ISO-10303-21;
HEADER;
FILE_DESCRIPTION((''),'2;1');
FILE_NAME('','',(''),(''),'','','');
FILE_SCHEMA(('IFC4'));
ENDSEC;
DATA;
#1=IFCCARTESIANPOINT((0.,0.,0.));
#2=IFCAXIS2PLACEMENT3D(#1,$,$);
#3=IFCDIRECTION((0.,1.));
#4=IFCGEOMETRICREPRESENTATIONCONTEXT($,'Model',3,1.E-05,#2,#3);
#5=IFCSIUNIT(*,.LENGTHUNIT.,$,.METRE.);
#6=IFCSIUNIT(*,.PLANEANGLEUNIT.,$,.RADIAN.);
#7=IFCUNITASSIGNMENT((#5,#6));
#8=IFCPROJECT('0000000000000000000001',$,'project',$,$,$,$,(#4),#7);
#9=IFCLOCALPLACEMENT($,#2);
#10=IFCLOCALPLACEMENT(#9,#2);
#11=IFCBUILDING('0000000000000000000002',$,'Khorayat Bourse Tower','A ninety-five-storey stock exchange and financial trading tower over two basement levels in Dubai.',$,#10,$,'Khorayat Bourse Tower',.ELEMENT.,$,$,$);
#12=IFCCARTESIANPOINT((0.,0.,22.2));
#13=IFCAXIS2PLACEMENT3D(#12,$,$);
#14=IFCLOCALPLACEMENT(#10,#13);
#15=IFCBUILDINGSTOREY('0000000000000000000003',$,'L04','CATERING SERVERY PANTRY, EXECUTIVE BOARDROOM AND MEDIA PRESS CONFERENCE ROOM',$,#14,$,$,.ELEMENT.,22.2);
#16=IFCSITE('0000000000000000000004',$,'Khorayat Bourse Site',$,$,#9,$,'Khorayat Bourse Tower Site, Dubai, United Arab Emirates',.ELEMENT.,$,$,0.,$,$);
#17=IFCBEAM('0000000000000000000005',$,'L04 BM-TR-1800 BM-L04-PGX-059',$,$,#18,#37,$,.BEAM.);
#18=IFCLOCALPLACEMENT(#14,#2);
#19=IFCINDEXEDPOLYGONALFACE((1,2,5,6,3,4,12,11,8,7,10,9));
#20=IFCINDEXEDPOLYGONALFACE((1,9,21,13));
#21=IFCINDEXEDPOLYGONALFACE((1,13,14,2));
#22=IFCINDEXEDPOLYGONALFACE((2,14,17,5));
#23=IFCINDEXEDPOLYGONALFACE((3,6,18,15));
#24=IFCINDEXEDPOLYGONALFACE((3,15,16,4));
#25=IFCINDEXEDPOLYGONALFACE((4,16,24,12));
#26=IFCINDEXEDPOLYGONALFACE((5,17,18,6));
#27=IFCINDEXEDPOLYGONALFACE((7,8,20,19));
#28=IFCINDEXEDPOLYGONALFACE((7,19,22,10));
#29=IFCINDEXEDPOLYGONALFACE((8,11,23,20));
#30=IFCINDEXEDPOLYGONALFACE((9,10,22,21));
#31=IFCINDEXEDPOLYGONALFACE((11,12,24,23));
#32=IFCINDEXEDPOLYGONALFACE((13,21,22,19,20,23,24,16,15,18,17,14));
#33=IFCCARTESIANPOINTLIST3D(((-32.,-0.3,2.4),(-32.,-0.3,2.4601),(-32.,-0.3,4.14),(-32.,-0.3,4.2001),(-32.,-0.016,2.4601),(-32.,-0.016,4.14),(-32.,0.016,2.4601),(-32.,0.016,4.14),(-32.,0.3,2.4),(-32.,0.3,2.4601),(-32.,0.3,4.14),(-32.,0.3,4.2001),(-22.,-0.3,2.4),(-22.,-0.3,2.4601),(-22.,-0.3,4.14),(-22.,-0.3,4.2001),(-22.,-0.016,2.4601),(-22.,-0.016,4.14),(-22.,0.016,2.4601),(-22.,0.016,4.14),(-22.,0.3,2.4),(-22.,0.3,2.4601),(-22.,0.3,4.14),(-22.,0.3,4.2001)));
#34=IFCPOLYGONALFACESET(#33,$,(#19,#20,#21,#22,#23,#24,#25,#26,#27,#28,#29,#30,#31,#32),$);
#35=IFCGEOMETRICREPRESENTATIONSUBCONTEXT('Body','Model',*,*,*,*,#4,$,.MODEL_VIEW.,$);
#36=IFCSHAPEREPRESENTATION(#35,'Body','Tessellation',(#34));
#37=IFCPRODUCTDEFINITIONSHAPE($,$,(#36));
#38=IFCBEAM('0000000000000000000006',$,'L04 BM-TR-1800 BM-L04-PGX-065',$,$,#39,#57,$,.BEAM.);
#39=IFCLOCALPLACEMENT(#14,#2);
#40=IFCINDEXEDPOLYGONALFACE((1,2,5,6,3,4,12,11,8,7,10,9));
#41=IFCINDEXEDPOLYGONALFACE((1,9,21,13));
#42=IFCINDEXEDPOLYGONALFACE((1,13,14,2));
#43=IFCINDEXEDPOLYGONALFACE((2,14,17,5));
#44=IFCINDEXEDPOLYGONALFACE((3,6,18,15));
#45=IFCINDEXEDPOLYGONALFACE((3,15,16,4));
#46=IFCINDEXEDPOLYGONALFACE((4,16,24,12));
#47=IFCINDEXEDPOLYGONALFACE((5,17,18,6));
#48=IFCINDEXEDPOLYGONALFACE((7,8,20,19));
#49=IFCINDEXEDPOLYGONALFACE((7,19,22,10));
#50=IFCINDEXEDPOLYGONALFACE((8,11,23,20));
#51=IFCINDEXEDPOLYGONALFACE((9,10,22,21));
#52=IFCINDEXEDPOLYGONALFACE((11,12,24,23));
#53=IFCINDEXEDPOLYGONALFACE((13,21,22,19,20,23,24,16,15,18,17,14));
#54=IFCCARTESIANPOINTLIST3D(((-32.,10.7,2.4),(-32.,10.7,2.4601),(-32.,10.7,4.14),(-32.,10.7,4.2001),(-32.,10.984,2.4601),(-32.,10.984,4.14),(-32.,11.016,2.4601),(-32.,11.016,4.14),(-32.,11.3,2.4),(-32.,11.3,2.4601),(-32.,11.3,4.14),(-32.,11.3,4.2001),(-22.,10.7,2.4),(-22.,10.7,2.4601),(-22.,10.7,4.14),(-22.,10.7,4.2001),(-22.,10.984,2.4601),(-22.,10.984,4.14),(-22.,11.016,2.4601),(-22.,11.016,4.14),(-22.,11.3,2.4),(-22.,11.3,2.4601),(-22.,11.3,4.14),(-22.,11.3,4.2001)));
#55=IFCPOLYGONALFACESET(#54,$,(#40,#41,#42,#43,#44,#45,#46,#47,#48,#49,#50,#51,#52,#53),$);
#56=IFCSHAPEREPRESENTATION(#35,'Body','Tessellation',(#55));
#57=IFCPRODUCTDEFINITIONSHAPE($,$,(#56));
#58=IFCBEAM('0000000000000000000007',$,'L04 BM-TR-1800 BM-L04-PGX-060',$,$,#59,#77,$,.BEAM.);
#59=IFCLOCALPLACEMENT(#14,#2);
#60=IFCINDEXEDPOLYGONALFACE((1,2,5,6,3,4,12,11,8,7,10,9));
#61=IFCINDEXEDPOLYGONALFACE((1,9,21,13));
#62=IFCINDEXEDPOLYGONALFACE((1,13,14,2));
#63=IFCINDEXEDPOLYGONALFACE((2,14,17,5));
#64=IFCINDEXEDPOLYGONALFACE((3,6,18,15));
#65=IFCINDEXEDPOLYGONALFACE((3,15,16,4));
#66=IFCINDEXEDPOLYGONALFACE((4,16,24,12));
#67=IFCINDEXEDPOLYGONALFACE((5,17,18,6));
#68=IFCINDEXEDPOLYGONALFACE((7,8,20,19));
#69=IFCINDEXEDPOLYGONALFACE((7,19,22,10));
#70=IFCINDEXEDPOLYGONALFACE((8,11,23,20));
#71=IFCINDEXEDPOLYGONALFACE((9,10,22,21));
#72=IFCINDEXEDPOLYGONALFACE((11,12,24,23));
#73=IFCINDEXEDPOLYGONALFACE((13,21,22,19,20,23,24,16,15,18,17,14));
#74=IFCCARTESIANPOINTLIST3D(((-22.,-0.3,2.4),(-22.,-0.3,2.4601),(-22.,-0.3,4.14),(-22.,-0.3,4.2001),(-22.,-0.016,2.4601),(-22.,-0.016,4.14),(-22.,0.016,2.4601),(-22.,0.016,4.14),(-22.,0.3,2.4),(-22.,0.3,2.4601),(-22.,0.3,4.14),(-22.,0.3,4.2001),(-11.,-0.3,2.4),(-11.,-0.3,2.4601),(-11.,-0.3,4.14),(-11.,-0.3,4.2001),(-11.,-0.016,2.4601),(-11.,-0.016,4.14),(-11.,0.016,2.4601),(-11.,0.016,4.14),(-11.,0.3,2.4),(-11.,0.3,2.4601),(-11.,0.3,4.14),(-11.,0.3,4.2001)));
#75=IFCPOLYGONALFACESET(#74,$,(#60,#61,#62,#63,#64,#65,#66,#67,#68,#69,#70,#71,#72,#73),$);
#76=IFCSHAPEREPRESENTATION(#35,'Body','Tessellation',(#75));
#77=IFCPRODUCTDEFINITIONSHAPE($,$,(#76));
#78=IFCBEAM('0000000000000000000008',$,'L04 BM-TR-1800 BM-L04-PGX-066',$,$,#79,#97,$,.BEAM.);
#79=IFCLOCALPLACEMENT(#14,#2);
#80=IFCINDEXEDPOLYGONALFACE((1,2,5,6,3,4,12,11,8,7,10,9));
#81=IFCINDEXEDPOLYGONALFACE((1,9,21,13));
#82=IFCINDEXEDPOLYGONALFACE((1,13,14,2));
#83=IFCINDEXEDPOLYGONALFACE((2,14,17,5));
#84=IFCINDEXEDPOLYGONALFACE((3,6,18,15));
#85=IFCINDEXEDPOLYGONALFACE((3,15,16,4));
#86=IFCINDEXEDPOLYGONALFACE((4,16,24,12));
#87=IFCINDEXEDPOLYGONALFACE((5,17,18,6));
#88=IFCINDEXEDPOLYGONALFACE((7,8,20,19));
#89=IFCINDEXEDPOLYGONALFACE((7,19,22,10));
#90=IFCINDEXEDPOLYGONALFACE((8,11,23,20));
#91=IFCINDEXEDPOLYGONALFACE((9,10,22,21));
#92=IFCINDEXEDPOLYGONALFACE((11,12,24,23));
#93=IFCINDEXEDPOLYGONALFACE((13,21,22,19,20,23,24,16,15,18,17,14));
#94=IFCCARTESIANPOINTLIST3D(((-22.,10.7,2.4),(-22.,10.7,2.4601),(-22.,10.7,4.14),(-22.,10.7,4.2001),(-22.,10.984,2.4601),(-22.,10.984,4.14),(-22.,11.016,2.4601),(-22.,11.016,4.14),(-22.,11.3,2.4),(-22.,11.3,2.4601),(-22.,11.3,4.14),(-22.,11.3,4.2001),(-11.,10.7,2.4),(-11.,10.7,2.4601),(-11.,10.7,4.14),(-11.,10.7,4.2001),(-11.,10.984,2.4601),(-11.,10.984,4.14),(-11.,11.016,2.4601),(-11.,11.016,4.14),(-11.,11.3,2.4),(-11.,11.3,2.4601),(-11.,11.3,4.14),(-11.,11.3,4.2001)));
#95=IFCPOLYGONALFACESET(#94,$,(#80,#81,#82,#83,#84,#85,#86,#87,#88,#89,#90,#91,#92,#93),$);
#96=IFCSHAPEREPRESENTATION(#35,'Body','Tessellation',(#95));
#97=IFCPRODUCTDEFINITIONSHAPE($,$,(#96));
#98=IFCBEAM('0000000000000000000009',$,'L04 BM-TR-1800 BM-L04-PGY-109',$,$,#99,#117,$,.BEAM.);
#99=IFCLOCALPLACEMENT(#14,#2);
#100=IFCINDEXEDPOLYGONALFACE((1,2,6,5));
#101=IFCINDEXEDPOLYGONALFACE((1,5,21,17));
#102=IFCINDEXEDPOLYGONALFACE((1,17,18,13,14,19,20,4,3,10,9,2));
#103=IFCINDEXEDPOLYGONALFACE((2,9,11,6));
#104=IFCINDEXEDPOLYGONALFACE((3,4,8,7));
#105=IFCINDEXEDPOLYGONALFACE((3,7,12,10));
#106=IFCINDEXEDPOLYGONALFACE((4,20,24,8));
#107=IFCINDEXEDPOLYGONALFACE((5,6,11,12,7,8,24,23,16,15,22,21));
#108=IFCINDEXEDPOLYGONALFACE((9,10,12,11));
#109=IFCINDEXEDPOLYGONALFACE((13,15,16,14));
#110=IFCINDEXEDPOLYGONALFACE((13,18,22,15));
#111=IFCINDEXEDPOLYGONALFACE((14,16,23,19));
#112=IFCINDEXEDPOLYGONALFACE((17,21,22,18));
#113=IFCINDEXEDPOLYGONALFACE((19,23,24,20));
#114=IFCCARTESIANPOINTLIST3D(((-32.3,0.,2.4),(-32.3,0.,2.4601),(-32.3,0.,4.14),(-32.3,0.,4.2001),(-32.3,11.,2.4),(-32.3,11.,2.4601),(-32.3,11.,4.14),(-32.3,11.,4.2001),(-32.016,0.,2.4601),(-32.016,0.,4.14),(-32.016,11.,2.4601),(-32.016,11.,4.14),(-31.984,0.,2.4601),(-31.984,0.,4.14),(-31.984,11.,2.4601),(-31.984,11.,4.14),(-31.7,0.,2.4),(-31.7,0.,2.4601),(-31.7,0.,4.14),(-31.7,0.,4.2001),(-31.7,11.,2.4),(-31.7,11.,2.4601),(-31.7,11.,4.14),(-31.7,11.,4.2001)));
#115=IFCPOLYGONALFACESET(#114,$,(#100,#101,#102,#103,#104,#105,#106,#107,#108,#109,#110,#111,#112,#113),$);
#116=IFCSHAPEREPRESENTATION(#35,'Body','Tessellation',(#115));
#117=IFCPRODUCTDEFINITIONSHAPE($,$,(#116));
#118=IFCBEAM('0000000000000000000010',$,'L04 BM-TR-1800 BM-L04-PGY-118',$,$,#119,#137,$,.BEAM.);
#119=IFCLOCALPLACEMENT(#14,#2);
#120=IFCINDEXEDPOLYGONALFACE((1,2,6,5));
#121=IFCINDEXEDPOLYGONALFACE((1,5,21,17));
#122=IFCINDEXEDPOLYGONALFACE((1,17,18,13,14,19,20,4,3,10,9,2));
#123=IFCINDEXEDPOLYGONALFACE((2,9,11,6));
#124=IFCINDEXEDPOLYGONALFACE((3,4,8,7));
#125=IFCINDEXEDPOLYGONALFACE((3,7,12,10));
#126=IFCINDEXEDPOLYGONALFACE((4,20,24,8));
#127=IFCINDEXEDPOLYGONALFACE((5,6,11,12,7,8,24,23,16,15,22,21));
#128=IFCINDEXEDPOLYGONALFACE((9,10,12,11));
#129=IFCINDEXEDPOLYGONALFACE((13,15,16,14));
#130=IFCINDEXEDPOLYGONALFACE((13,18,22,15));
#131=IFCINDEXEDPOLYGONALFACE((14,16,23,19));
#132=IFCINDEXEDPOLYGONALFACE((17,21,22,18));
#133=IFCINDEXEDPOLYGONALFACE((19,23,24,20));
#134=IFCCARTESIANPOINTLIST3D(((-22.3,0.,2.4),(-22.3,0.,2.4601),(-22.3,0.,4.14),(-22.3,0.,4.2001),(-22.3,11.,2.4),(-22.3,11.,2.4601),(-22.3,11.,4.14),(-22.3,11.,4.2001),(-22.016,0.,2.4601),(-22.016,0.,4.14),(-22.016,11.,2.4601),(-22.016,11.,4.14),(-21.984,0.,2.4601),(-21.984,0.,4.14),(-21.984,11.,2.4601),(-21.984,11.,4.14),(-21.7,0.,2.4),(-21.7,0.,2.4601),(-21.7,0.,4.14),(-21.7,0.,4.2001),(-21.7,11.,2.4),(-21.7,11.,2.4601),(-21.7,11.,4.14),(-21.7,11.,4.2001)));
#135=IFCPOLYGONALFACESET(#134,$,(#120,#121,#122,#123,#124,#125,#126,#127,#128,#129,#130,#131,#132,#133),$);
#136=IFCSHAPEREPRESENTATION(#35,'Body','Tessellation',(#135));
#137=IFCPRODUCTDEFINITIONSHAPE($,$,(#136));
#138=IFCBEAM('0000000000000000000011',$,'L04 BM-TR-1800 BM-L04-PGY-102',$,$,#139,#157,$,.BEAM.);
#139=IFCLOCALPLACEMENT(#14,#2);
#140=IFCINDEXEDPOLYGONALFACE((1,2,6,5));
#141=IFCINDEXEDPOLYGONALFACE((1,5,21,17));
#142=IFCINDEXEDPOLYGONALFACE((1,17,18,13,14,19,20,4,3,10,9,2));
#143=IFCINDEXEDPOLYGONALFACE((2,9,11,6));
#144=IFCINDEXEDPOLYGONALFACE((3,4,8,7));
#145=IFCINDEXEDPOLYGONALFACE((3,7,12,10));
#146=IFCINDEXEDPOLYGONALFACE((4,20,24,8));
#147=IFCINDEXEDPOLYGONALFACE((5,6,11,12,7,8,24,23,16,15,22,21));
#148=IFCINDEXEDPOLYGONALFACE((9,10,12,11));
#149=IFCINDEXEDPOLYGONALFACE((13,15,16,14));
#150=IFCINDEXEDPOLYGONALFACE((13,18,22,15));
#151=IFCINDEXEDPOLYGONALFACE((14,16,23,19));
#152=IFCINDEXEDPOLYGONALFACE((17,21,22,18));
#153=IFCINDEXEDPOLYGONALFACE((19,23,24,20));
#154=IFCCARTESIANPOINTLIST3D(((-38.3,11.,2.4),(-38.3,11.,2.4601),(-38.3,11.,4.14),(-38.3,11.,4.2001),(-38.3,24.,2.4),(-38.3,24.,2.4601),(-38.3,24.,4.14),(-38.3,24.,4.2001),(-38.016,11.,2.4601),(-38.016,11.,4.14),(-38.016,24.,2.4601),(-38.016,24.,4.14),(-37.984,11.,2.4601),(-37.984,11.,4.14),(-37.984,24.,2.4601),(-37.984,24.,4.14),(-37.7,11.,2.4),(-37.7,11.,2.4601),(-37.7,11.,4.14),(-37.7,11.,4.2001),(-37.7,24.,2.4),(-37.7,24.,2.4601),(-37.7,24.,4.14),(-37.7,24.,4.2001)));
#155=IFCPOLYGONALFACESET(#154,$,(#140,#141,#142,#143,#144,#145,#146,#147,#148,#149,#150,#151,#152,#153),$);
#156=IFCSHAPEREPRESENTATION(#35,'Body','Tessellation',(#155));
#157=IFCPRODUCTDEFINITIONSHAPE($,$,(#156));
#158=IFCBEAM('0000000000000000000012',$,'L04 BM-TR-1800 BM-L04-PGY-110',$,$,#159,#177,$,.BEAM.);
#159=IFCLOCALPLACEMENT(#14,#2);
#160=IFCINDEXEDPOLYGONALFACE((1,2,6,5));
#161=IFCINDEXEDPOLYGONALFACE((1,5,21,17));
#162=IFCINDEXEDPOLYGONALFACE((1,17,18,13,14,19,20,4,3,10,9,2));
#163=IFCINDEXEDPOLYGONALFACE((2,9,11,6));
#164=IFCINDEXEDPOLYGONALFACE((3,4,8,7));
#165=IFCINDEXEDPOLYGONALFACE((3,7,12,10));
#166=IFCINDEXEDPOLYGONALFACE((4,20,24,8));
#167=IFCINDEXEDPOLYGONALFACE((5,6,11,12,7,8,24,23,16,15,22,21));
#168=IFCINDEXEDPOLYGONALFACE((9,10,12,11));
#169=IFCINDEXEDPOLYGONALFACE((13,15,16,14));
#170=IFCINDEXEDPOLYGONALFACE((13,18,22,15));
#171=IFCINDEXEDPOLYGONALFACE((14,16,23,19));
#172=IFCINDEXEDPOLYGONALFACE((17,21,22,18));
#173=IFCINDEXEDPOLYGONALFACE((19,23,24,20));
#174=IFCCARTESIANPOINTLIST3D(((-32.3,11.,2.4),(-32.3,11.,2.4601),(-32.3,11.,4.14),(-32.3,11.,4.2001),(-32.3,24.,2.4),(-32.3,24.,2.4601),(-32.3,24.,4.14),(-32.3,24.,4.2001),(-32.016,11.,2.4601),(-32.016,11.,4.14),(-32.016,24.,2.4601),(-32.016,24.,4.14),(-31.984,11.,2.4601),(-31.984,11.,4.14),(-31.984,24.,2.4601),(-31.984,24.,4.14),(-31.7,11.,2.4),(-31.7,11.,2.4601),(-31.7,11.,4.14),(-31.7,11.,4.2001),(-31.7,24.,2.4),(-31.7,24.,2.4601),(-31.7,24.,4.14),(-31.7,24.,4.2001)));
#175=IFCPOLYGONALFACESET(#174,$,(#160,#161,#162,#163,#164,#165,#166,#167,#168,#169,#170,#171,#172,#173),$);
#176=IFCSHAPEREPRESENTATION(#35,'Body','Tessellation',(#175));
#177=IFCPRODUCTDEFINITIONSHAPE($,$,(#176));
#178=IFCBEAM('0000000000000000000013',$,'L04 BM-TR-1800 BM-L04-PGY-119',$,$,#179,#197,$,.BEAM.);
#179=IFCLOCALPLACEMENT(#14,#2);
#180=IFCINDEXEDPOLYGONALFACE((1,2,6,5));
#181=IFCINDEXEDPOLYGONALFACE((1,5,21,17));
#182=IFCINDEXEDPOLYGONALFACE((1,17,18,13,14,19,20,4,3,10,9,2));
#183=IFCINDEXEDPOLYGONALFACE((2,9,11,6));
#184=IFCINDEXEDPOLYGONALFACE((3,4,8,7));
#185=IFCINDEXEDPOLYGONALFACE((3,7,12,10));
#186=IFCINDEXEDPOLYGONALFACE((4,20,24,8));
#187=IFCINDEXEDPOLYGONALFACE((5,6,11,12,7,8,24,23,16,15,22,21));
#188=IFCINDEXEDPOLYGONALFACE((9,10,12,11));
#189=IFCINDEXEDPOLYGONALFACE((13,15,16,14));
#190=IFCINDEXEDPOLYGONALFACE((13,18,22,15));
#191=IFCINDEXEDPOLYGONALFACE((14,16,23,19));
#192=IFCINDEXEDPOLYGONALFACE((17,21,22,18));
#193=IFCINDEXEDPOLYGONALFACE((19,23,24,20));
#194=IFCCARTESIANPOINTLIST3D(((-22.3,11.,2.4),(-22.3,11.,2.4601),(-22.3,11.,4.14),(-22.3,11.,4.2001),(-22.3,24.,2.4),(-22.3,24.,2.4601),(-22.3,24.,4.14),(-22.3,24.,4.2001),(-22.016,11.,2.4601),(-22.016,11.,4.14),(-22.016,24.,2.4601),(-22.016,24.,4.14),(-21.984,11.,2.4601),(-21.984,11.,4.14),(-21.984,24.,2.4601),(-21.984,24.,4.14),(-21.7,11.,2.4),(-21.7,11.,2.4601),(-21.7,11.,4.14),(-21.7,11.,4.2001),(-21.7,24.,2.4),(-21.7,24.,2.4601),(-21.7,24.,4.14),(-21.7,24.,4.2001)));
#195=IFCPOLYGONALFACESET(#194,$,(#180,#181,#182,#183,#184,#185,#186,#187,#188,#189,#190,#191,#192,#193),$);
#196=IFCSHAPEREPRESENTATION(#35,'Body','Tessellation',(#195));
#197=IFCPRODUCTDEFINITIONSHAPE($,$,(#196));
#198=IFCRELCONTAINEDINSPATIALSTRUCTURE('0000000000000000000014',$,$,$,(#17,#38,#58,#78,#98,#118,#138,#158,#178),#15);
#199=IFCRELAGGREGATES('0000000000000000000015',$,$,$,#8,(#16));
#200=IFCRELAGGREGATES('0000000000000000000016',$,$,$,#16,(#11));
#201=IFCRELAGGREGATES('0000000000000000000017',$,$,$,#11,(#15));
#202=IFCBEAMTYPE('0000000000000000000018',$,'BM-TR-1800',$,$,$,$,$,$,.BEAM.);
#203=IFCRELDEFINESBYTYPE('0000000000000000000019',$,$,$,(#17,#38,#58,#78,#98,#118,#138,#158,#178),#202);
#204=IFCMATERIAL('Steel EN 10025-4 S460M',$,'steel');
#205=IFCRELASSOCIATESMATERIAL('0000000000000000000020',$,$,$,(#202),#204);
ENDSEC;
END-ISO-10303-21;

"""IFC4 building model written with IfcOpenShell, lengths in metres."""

from ifc_helpers import new_model, si_unit, direction, frame, origin, origin_2d, place, context, subcontext, project, spatial, i_section, extrude, source, transform, mapped, material, material_profile, profile_set, type_object, element, save


model = new_model("IFC4")

# Units and contexts
model_context = context("Model", 3, precision=1e-05, world=origin(), true_north=direction((0.0, 1.0)))
body_context = subcontext(model_context, "Body", "Model", "MODEL_VIEW")
ifc_project = project(units=[si_unit("LENGTHUNIT", "METRE"), si_unit("PLANEANGLEUNIT", "RADIAN")], contexts=[model_context])

# Site, building, storey
site_placement = place(None, origin())
site = spatial("IfcSite", under=ifc_project, at=site_placement, Name="Khorayat Bourse Site", LongName="Khorayat Bourse Tower Site, Dubai, United Arab Emirates", CompositionType="ELEMENT", RefElevation=0.0)
building_placement = place(site_placement, origin())
building = spatial("IfcBuilding", under=site, at=building_placement, Name="Khorayat Bourse Tower", Description="A ninety-five-storey stock exchange and financial trading tower over two basement levels in Dubai.", LongName="Khorayat Bourse Tower", CompositionType="ELEMENT")
storey_placement = place(building_placement, frame((0.0, 0.0, 22.2)))
storey = spatial("IfcBuildingStorey", under=building, at=storey_placement, Name="L04", Description="CATERING SERVERY PANTRY, EXECUTIVE BOARDROOM AND MEDIA PRESS CONFERENCE ROOM", CompositionType="ELEMENT", Elevation=22.2)

# Beams
ifc_material_1 = material(Name="Steel EN 10025-4 S460M", Category="steel")
ifc_material_profile_1 = material_profile(ifc_material_1, i_section(OverallWidth=0.6001, OverallDepth=1.8, WebThickness=0.032, FlangeThickness=0.0601, at=origin_2d()), Name="PG 1800x600x32x60")
ifc_profile_set_1 = profile_set([ifc_material_profile_1], Name="Steel EN 10025-4 S460M")
beam_type_1 = type_object("IfcBeamType", Name="BM-TR-1800", PredefinedType="BEAM", material=ifc_profile_set_1)
shared_shape_1 = source(origin(), body_context, "Body", "SweptSolid", [
    extrude(i_section(OverallWidth=0.6001, OverallDepth=1.8, WebThickness=0.032, FlangeThickness=0.0601, at=origin_2d()), origin(), (0.0, 0.0, 1.0), 10.0),
])
for number, where, z_axis, x_axis, name in (
    (1, (-32.0, 0.0, 3.3), (1.0, 0.0, 0.0), (0.0, 1.0, 0.0), "L04 BM-TR-1800 BM-L04-PGX-059"),
    (2, (-32.0, 11.0, 3.3), (1.0, 0.0, 0.0), (0.0, 1.0, 0.0), "L04 BM-TR-1800 BM-L04-PGX-065"),
):
    element("IfcBeam", number, at=place(storey_placement, frame(where, z_axis=z_axis, x_axis=x_axis)), inside=storey, type_object=beam_type_1, Name=name, PredefinedType="BEAM", context=body_context, shape_type="MappedRepresentation", body=[
        mapped(shared_shape_1, transform((0.0, 0.0, 0.0), scale=1.0)),
    ])
shared_shape_2 = source(origin(), body_context, "Body", "SweptSolid", [
    extrude(i_section(OverallWidth=0.6001, OverallDepth=1.8, WebThickness=0.032, FlangeThickness=0.0601, at=origin_2d()), origin(), (0.0, 0.0, 1.0), 11.0),
])
for number, where, z_axis, x_axis, name in (
    (3, (-22.0, 0.0, 3.3), (1.0, 0.0, 0.0), (0.0, 1.0, 0.0), "L04 BM-TR-1800 BM-L04-PGX-060"),
    (4, (-22.0, 11.0, 3.3), (1.0, 0.0, 0.0), (0.0, 1.0, 0.0), "L04 BM-TR-1800 BM-L04-PGX-066"),
    (5, (-32.0, 0.0, 3.3), (0.0, 1.0, 0.0), (-1.0, 0.0, 0.0), "L04 BM-TR-1800 BM-L04-PGY-109"),
    (6, (-22.0, 0.0, 3.3), (0.0, 1.0, 0.0), (-1.0, 0.0, 0.0), "L04 BM-TR-1800 BM-L04-PGY-118"),
):
    element("IfcBeam", number, at=place(storey_placement, frame(where, z_axis=z_axis, x_axis=x_axis)), inside=storey, type_object=beam_type_1, Name=name, PredefinedType="BEAM", context=body_context, shape_type="MappedRepresentation", body=[
        mapped(shared_shape_2, transform((0.0, 0.0, 0.0), scale=1.0)),
    ])
shared_shape_3 = source(origin(), body_context, "Body", "SweptSolid", [
    extrude(i_section(OverallWidth=0.6001, OverallDepth=1.8, WebThickness=0.032, FlangeThickness=0.0601, at=origin_2d()), origin(), (0.0, 0.0, 1.0), 13.0),
])
for number, where, z_axis, x_axis, name in (
    (7, (-38.0, 11.0, 3.3), (0.0, 1.0, 0.0), (-1.0, 0.0, 0.0), "L04 BM-TR-1800 BM-L04-PGY-102"),
    (8, (-32.0, 11.0, 3.3), (0.0, 1.0, 0.0), (-1.0, 0.0, 0.0), "L04 BM-TR-1800 BM-L04-PGY-110"),
    (9, (-22.0, 11.0, 3.3), (0.0, 1.0, 0.0), (-1.0, 0.0, 0.0), "L04 BM-TR-1800 BM-L04-PGY-119"),
):
    element("IfcBeam", number, at=place(storey_placement, frame(where, z_axis=z_axis, x_axis=x_axis)), inside=storey, type_object=beam_type_1, Name=name, PredefinedType="BEAM", context=body_context, shape_type="MappedRepresentation", body=[
        mapped(shared_shape_3, transform((0.0, 0.0, 0.0), scale=1.0)),
    ])

save(model, "model.ifc")
